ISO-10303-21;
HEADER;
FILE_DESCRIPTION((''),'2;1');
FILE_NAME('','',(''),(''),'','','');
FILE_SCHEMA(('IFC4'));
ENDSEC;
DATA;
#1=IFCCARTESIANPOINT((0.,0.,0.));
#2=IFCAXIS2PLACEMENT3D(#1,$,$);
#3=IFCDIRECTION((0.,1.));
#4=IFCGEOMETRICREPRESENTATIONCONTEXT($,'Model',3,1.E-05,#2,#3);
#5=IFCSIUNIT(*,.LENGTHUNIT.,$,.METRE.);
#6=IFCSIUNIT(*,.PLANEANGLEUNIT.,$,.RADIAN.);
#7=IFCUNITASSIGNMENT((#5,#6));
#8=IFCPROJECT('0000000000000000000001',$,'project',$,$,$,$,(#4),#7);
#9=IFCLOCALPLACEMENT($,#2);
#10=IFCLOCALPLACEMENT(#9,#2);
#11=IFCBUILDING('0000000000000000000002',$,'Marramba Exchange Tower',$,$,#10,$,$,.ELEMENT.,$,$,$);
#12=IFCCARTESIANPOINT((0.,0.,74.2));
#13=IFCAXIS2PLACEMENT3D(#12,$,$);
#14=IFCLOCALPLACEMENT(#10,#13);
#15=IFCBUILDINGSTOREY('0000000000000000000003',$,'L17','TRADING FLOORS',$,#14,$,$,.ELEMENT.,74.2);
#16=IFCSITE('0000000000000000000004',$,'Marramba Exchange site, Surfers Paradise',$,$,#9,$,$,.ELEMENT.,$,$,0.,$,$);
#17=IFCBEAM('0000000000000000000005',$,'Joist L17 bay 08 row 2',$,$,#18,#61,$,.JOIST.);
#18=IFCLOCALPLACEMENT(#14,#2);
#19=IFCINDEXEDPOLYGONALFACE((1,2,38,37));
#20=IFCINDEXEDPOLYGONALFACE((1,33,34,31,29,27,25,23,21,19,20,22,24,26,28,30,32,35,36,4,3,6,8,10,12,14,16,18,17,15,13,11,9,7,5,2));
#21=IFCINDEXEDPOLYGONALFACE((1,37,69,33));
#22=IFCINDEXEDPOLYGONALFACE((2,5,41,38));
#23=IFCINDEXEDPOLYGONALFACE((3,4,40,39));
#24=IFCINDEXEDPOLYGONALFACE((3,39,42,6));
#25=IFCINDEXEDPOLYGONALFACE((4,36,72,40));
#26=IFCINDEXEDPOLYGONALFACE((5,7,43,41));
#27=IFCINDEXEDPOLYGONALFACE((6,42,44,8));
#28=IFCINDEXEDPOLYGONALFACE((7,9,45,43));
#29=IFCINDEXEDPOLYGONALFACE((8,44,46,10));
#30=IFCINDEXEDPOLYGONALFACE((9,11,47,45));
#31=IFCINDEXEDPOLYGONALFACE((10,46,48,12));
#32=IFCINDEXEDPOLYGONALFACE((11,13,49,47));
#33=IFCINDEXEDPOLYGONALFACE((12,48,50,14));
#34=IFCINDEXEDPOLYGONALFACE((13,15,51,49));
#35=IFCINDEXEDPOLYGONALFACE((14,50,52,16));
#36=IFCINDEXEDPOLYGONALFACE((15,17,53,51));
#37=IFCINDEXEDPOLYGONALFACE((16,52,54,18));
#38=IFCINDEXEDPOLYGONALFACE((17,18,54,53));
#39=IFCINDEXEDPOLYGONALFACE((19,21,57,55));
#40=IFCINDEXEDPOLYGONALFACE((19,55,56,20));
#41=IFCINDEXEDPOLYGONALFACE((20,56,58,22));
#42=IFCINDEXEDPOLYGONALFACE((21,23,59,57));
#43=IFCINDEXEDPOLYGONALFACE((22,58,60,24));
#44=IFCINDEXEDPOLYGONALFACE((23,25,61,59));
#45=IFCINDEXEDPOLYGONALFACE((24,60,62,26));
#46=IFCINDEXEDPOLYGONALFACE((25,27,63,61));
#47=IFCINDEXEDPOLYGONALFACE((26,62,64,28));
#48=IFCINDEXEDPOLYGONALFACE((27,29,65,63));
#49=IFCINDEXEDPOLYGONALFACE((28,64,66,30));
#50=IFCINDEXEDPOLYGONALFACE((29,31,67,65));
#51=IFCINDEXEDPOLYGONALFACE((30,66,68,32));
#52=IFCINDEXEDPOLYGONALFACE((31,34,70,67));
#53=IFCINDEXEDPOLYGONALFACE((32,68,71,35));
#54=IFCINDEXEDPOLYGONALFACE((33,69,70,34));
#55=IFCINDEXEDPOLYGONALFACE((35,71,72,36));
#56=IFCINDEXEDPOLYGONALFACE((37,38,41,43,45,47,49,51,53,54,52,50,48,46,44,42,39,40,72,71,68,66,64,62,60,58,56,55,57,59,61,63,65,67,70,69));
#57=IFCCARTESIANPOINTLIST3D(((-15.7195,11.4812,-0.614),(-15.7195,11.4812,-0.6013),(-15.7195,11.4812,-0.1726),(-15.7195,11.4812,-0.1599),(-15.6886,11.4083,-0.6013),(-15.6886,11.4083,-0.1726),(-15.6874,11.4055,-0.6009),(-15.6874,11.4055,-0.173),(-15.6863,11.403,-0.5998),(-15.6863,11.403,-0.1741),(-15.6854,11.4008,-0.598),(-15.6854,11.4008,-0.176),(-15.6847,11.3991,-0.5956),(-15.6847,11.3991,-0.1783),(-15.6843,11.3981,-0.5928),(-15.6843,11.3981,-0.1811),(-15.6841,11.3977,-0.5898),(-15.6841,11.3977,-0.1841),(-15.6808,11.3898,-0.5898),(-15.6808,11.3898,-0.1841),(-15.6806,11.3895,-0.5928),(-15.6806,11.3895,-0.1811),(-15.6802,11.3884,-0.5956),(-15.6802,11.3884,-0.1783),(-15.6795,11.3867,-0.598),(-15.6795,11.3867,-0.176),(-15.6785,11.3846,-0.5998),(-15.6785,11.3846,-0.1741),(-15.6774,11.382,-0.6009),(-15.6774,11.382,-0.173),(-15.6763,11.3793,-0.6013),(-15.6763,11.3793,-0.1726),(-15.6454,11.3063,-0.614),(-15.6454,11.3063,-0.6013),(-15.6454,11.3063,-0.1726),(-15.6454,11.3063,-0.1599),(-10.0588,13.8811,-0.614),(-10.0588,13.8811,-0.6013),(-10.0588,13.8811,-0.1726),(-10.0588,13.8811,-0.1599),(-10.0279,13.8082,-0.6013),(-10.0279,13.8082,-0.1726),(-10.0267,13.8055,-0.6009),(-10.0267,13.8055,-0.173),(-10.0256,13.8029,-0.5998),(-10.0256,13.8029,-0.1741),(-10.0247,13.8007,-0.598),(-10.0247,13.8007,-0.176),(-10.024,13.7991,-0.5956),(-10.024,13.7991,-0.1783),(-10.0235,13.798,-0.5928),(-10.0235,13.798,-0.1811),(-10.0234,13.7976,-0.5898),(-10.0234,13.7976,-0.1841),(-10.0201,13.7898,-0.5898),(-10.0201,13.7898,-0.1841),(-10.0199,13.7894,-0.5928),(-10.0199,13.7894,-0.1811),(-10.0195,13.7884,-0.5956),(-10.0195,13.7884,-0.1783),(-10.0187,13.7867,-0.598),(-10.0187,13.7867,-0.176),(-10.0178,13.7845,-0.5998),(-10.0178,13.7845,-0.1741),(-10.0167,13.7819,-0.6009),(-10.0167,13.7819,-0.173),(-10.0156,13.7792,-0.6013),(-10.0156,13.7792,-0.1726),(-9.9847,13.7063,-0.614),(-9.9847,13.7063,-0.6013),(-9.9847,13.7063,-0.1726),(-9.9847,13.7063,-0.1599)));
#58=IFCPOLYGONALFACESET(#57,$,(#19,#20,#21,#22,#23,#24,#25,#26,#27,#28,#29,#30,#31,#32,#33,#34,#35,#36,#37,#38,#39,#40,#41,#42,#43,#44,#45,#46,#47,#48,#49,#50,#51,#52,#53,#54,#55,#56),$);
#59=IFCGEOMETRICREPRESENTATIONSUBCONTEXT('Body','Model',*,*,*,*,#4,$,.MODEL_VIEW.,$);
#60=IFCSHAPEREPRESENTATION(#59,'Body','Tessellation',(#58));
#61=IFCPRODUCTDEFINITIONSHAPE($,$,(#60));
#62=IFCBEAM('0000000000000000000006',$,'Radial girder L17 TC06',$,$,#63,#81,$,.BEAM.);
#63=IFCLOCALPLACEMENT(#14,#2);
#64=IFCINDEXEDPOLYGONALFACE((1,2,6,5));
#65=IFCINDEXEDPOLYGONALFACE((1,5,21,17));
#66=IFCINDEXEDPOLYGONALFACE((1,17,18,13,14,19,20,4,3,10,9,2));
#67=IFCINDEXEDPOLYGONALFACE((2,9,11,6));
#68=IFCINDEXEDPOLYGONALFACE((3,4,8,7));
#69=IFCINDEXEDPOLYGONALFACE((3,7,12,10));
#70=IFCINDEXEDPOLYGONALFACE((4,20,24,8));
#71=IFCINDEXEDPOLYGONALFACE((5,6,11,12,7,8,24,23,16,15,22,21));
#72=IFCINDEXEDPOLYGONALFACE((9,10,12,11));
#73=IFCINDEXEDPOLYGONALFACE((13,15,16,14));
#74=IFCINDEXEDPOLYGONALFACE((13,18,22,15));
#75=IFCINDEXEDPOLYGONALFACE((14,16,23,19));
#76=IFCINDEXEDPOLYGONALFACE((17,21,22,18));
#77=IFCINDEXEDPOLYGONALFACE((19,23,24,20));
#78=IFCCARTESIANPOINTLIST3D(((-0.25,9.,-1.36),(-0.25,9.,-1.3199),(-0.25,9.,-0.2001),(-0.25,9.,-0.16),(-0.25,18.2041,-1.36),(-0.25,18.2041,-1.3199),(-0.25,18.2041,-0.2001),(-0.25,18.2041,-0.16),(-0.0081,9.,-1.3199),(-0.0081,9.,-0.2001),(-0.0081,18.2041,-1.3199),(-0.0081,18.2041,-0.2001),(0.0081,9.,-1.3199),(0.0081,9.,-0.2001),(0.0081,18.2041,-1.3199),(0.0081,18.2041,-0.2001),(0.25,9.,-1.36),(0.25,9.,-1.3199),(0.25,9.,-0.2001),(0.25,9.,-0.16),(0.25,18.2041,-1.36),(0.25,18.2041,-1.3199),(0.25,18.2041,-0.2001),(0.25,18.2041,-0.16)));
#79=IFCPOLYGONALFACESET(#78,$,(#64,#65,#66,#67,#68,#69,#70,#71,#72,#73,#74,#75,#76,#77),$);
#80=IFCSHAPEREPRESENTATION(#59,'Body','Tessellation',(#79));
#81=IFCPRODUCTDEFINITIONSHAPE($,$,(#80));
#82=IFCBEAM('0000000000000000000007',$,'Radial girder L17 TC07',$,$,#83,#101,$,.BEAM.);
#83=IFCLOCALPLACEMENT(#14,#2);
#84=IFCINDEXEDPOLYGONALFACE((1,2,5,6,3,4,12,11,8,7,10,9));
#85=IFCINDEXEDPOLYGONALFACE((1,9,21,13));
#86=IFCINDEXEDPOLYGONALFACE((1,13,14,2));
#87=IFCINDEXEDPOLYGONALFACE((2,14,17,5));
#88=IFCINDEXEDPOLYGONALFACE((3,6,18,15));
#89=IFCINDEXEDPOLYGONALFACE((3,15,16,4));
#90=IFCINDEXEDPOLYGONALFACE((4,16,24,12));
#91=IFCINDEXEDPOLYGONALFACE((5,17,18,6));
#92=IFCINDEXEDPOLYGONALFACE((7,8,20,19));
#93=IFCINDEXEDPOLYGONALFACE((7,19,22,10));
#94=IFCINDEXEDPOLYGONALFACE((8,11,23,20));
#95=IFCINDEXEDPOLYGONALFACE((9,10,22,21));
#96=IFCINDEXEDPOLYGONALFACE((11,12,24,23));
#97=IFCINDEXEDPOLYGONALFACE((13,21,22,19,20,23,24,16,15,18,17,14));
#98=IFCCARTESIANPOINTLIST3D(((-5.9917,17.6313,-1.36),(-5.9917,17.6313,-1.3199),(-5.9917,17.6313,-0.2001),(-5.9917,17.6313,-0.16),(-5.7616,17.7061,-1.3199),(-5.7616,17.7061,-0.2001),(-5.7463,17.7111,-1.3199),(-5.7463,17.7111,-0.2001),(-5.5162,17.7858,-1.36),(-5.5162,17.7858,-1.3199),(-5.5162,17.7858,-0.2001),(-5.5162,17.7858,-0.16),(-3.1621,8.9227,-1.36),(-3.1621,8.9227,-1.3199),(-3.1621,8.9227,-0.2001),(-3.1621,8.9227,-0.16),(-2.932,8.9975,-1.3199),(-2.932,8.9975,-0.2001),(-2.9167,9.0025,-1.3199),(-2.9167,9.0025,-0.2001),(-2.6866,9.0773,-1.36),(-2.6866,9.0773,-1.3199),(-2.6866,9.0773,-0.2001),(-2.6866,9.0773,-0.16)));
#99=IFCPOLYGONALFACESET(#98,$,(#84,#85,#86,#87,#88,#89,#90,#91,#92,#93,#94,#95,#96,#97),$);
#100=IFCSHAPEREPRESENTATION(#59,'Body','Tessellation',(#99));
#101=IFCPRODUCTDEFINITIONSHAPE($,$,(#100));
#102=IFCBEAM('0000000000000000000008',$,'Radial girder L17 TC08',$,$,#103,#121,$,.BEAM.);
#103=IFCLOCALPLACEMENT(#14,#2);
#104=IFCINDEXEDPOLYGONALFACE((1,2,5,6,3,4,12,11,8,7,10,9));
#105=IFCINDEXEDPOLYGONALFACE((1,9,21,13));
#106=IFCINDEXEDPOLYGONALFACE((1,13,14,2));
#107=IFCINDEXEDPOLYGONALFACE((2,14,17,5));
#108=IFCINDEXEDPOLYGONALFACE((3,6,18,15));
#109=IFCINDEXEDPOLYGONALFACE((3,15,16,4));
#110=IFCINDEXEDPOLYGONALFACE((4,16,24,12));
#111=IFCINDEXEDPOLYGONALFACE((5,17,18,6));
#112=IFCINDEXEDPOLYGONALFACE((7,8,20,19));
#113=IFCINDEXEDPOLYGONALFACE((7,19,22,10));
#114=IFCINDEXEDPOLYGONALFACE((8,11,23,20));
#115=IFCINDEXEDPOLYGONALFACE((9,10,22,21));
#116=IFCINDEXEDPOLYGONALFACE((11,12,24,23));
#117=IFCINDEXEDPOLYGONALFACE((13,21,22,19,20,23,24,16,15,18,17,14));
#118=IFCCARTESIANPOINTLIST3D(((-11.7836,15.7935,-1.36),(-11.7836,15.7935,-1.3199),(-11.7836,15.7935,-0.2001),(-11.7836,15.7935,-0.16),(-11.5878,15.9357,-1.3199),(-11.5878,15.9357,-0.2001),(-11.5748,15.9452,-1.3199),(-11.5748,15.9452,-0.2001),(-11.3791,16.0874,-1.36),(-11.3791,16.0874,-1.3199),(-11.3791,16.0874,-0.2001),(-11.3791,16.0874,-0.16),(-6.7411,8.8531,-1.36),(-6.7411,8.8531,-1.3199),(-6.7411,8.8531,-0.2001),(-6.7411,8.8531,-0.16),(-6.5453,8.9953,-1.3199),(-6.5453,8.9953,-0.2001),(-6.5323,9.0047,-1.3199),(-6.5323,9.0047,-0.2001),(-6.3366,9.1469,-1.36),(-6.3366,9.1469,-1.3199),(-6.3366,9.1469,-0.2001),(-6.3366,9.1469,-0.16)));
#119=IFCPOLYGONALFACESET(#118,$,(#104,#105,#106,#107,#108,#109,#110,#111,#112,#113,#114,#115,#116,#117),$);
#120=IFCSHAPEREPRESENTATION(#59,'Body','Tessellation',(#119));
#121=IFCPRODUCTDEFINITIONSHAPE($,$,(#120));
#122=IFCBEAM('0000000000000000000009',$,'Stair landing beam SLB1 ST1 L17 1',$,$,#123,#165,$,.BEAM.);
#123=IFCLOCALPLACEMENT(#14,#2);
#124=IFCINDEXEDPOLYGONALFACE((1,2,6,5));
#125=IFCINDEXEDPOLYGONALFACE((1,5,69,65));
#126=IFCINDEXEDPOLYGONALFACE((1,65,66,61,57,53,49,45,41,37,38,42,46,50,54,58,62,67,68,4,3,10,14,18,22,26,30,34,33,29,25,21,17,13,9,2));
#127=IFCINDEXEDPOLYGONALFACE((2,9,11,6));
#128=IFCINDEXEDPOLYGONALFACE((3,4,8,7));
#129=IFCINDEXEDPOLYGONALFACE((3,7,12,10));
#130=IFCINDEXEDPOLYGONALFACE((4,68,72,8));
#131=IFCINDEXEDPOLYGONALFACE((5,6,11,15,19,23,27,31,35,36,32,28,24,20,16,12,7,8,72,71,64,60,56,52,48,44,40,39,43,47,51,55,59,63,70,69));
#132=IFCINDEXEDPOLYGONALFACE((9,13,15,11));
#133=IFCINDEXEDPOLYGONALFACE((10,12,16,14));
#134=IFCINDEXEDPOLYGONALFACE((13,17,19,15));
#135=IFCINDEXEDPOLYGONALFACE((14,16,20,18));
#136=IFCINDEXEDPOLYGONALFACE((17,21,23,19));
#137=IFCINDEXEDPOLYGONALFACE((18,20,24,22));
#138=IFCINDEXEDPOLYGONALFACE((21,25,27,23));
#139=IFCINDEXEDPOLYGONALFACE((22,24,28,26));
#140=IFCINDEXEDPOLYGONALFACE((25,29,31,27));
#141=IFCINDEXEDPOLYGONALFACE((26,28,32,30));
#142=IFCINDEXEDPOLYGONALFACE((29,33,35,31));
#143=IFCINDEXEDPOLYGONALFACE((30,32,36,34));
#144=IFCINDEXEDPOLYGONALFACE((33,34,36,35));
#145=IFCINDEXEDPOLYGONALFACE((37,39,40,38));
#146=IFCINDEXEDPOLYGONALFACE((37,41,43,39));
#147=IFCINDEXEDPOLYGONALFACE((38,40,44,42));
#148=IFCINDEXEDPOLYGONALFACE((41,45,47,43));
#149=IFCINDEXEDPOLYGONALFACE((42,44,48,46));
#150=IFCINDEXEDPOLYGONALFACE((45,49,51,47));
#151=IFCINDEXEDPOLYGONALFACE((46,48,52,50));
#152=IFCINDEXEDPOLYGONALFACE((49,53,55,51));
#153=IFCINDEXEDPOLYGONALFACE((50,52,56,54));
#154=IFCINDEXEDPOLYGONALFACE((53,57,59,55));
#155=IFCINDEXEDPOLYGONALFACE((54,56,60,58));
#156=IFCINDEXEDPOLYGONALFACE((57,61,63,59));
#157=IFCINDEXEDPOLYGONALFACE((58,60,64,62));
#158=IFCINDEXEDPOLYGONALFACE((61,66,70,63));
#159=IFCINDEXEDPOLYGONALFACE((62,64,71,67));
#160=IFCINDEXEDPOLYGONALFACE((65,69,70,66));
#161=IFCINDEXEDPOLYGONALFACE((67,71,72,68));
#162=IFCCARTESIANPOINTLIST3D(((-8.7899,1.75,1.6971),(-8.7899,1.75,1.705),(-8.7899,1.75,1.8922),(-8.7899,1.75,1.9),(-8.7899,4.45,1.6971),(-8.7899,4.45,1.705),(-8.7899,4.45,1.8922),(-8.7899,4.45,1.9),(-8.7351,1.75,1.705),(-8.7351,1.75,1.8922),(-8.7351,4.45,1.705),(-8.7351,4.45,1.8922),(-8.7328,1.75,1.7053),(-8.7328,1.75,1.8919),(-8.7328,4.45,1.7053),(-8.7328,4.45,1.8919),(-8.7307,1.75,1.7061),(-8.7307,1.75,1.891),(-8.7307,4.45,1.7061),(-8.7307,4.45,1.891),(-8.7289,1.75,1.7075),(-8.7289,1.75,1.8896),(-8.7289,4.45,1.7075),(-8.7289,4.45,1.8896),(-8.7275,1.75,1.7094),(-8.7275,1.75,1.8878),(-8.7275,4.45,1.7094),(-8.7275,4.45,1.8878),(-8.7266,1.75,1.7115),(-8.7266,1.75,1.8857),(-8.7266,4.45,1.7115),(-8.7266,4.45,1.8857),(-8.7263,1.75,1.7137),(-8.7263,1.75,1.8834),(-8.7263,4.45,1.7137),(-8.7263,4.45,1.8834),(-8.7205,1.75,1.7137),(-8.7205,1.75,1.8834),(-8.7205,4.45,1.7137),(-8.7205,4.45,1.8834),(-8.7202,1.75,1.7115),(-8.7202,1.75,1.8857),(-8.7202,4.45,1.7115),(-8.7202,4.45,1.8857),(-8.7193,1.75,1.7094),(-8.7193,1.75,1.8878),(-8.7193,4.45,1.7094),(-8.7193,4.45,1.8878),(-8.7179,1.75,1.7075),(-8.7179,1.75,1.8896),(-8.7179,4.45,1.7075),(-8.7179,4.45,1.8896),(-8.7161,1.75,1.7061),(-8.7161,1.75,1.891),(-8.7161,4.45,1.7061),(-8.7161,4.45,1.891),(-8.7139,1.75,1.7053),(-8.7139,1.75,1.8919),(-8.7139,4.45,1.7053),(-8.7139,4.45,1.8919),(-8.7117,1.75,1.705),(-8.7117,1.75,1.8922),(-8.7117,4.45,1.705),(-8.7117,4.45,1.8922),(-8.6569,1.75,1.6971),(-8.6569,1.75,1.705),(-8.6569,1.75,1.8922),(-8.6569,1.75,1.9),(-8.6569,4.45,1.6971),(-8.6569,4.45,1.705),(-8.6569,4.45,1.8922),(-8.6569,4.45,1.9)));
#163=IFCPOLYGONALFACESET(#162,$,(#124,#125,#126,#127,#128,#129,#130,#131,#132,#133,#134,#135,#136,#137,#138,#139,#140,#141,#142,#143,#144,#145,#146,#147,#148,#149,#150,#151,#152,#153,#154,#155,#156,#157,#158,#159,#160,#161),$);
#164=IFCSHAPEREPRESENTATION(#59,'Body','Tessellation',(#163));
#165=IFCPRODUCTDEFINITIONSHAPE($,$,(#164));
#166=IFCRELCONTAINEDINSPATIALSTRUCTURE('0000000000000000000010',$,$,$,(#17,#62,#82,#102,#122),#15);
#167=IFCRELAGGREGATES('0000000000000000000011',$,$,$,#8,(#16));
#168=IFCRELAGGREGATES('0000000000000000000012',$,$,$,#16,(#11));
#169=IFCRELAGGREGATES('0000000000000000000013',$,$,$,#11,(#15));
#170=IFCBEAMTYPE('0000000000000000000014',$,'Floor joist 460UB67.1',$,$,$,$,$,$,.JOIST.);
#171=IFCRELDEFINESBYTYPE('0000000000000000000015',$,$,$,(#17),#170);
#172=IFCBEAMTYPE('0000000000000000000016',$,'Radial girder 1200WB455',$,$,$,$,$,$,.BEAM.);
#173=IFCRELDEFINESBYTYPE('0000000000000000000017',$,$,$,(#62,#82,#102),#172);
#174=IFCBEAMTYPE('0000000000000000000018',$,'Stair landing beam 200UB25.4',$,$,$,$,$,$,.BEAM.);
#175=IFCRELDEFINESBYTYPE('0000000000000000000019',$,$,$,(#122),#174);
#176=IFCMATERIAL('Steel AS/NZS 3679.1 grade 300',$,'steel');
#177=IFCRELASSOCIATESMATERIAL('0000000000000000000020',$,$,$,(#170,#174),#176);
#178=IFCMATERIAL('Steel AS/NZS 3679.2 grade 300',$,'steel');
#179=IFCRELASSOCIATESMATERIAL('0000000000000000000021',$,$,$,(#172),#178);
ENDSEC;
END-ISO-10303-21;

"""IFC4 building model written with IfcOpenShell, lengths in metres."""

from ifc_helpers import new_model, si_unit, direction, frame, origin, origin_2d, place, context, subcontext, project, spatial, i_section, extrude, material, material_profile, profile_set, type_object, element, save


model = new_model("IFC4")

# Units and contexts
model_context = context("Model", 3, precision=1e-05, world=origin(), true_north=direction((0.0, 1.0)))
body_context = subcontext(model_context, "Body", "Model", "MODEL_VIEW")
ifc_project = project(units=[si_unit("LENGTHUNIT", "METRE"), si_unit("PLANEANGLEUNIT", "RADIAN")], contexts=[model_context])

# Site, building, storey
site_placement = place(None, origin())
site = spatial("IfcSite", under=ifc_project, at=site_placement, Name="Marramba Exchange site, Surfers Paradise", CompositionType="ELEMENT", RefElevation=0.0)
building_placement = place(site_placement, origin())
building = spatial("IfcBuilding", under=site, at=building_placement, Name="Marramba Exchange Tower", CompositionType="ELEMENT")
storey_placement = place(building_placement, frame((0.0, 0.0, 74.2)))
storey = spatial("IfcBuildingStorey", under=building, at=storey_placement, Name="L17", Description="TRADING FLOORS", CompositionType="ELEMENT", Elevation=74.2)

# Beams
ifc_material_1 = material(Name="Steel AS/NZS 3679.1 grade 300", Category="steel")
ifc_material_profile_1 = material_profile(ifc_material_1, i_section(OverallWidth=0.1899, OverallDepth=0.4541, WebThickness=0.0085, FlangeThickness=0.0127, FilletRadius=0.0115, at=origin_2d()), Name="460UB67.1")
ifc_profile_set_1 = profile_set([ifc_material_profile_1], Name="Steel AS/NZS 3679.1 grade 300")
beam_type_1 = type_object("IfcBeamType", Name="Floor joist 460UB67.1", PredefinedType="JOIST", material=ifc_profile_set_1)
beam_1_placement = place(storey_placement, frame((-10.0217, 13.7937, -0.387), z_axis=(-0.920674, -0.390332, 0.0), x_axis=(0.390332, -0.920674, 0.0)))
element("IfcBeam", 1, at=beam_1_placement, inside=storey, type_object=beam_type_1, Name="Joist L17 bay 08 row 2", PredefinedType="JOIST", context=body_context, shape_type="SweptSolid", body=[
    extrude(i_section(OverallWidth=0.1899, OverallDepth=0.4541, WebThickness=0.0085, FlangeThickness=0.0127, FilletRadius=0.0115, at=origin_2d()), origin(), (0.0, 0.0, 1.0), 6.1484),
])
ifc_material_2 = material(Name="Steel AS/NZS 3679.2 grade 300", Category="steel")
ifc_material_profile_2 = material_profile(ifc_material_2, i_section(OverallWidth=0.5, OverallDepth=1.2, WebThickness=0.0161, FlangeThickness=0.04, at=origin_2d()), Name="1200WB455")
ifc_profile_set_2 = profile_set([ifc_material_profile_2], Name="Steel AS/NZS 3679.2 grade 300")
beam_type_2 = type_object("IfcBeamType", Name="Radial girder 1200WB455", PredefinedType="BEAM", material=ifc_profile_set_2)
beam_2_placement = place(storey_placement, frame((0.0, 9.0, -0.76), z_axis=(0.0, 1.0, 0.0), x_axis=(-1.0, 0.0, 0.0)))
element("IfcBeam", 2, at=beam_2_placement, inside=storey, type_object=beam_type_2, Name="Radial girder L17 TC06", PredefinedType="BEAM", context=body_context, shape_type="SweptSolid", body=[
    extrude(i_section(OverallWidth=0.5, OverallDepth=1.2, WebThickness=0.0161, FlangeThickness=0.04, at=origin_2d()), origin(), (0.0, 0.0, 1.0), 9.2041),
])
beam_3_placement = place(storey_placement, frame((-2.9243, 9.0, -0.76), z_axis=(-0.30902, 0.951056, 0.0), x_axis=(-0.951056, -0.30902, 0.0)))
element("IfcBeam", 3, at=beam_3_placement, inside=storey, type_object=beam_type_2, Name="Radial girder L17 TC07", PredefinedType="BEAM", context=body_context, shape_type="SweptSolid", body=[
    extrude(i_section(OverallWidth=0.5, OverallDepth=1.2, WebThickness=0.0161, FlangeThickness=0.04, at=origin_2d()), origin(), (0.0, 0.0, 1.0), 9.1567),
])
beam_4_placement = place(storey_placement, frame((-6.5388, 9.0, -0.76), z_axis=(-0.587782, 0.809019, 0.0), x_axis=(-0.809019, -0.587782, 0.0)))
element("IfcBeam", 4, at=beam_4_placement, inside=storey, type_object=beam_type_2, Name="Radial girder L17 TC08", PredefinedType="BEAM", context=body_context, shape_type="SweptSolid", body=[
    extrude(i_section(OverallWidth=0.5, OverallDepth=1.2, WebThickness=0.0161, FlangeThickness=0.04, at=origin_2d()), origin(), (0.0, 0.0, 1.0), 8.5789),
])
ifc_material_profile_3 = material_profile(ifc_material_1, i_section(OverallWidth=0.1331, OverallDepth=0.2029, WebThickness=0.0059, FlangeThickness=0.0078, FilletRadius=0.0088, at=origin_2d()), Name="200UB25.4")
ifc_profile_set_3 = profile_set([ifc_material_profile_3], Name="Steel AS/NZS 3679.1 grade 300")
beam_type_3 = type_object("IfcBeamType", Name="Stair landing beam 200UB25.4", PredefinedType="BEAM", material=ifc_profile_set_3)
for number, where, z_axis, x_axis, name in (
    (5, (-8.7234, 1.75, 1.7986), (0.0, 1.0, 0.0), (-1.0, 0.0, 0.0), "Stair landing beam SLB1 ST1 L17 1"),
):
    element("IfcBeam", number, at=place(storey_placement, frame(where, z_axis=z_axis, x_axis=x_axis)), inside=storey, type_object=beam_type_3, Name=name, PredefinedType="BEAM", context=body_context, shape_type="SweptSolid", body=[
        extrude(i_section(OverallWidth=0.1331, OverallDepth=0.2029, WebThickness=0.0059, FlangeThickness=0.0078, FilletRadius=0.0088, at=origin_2d()), origin(), (0.0, 0.0, 1.0), 2.7),
    ])

save(model, "model.ifc")
